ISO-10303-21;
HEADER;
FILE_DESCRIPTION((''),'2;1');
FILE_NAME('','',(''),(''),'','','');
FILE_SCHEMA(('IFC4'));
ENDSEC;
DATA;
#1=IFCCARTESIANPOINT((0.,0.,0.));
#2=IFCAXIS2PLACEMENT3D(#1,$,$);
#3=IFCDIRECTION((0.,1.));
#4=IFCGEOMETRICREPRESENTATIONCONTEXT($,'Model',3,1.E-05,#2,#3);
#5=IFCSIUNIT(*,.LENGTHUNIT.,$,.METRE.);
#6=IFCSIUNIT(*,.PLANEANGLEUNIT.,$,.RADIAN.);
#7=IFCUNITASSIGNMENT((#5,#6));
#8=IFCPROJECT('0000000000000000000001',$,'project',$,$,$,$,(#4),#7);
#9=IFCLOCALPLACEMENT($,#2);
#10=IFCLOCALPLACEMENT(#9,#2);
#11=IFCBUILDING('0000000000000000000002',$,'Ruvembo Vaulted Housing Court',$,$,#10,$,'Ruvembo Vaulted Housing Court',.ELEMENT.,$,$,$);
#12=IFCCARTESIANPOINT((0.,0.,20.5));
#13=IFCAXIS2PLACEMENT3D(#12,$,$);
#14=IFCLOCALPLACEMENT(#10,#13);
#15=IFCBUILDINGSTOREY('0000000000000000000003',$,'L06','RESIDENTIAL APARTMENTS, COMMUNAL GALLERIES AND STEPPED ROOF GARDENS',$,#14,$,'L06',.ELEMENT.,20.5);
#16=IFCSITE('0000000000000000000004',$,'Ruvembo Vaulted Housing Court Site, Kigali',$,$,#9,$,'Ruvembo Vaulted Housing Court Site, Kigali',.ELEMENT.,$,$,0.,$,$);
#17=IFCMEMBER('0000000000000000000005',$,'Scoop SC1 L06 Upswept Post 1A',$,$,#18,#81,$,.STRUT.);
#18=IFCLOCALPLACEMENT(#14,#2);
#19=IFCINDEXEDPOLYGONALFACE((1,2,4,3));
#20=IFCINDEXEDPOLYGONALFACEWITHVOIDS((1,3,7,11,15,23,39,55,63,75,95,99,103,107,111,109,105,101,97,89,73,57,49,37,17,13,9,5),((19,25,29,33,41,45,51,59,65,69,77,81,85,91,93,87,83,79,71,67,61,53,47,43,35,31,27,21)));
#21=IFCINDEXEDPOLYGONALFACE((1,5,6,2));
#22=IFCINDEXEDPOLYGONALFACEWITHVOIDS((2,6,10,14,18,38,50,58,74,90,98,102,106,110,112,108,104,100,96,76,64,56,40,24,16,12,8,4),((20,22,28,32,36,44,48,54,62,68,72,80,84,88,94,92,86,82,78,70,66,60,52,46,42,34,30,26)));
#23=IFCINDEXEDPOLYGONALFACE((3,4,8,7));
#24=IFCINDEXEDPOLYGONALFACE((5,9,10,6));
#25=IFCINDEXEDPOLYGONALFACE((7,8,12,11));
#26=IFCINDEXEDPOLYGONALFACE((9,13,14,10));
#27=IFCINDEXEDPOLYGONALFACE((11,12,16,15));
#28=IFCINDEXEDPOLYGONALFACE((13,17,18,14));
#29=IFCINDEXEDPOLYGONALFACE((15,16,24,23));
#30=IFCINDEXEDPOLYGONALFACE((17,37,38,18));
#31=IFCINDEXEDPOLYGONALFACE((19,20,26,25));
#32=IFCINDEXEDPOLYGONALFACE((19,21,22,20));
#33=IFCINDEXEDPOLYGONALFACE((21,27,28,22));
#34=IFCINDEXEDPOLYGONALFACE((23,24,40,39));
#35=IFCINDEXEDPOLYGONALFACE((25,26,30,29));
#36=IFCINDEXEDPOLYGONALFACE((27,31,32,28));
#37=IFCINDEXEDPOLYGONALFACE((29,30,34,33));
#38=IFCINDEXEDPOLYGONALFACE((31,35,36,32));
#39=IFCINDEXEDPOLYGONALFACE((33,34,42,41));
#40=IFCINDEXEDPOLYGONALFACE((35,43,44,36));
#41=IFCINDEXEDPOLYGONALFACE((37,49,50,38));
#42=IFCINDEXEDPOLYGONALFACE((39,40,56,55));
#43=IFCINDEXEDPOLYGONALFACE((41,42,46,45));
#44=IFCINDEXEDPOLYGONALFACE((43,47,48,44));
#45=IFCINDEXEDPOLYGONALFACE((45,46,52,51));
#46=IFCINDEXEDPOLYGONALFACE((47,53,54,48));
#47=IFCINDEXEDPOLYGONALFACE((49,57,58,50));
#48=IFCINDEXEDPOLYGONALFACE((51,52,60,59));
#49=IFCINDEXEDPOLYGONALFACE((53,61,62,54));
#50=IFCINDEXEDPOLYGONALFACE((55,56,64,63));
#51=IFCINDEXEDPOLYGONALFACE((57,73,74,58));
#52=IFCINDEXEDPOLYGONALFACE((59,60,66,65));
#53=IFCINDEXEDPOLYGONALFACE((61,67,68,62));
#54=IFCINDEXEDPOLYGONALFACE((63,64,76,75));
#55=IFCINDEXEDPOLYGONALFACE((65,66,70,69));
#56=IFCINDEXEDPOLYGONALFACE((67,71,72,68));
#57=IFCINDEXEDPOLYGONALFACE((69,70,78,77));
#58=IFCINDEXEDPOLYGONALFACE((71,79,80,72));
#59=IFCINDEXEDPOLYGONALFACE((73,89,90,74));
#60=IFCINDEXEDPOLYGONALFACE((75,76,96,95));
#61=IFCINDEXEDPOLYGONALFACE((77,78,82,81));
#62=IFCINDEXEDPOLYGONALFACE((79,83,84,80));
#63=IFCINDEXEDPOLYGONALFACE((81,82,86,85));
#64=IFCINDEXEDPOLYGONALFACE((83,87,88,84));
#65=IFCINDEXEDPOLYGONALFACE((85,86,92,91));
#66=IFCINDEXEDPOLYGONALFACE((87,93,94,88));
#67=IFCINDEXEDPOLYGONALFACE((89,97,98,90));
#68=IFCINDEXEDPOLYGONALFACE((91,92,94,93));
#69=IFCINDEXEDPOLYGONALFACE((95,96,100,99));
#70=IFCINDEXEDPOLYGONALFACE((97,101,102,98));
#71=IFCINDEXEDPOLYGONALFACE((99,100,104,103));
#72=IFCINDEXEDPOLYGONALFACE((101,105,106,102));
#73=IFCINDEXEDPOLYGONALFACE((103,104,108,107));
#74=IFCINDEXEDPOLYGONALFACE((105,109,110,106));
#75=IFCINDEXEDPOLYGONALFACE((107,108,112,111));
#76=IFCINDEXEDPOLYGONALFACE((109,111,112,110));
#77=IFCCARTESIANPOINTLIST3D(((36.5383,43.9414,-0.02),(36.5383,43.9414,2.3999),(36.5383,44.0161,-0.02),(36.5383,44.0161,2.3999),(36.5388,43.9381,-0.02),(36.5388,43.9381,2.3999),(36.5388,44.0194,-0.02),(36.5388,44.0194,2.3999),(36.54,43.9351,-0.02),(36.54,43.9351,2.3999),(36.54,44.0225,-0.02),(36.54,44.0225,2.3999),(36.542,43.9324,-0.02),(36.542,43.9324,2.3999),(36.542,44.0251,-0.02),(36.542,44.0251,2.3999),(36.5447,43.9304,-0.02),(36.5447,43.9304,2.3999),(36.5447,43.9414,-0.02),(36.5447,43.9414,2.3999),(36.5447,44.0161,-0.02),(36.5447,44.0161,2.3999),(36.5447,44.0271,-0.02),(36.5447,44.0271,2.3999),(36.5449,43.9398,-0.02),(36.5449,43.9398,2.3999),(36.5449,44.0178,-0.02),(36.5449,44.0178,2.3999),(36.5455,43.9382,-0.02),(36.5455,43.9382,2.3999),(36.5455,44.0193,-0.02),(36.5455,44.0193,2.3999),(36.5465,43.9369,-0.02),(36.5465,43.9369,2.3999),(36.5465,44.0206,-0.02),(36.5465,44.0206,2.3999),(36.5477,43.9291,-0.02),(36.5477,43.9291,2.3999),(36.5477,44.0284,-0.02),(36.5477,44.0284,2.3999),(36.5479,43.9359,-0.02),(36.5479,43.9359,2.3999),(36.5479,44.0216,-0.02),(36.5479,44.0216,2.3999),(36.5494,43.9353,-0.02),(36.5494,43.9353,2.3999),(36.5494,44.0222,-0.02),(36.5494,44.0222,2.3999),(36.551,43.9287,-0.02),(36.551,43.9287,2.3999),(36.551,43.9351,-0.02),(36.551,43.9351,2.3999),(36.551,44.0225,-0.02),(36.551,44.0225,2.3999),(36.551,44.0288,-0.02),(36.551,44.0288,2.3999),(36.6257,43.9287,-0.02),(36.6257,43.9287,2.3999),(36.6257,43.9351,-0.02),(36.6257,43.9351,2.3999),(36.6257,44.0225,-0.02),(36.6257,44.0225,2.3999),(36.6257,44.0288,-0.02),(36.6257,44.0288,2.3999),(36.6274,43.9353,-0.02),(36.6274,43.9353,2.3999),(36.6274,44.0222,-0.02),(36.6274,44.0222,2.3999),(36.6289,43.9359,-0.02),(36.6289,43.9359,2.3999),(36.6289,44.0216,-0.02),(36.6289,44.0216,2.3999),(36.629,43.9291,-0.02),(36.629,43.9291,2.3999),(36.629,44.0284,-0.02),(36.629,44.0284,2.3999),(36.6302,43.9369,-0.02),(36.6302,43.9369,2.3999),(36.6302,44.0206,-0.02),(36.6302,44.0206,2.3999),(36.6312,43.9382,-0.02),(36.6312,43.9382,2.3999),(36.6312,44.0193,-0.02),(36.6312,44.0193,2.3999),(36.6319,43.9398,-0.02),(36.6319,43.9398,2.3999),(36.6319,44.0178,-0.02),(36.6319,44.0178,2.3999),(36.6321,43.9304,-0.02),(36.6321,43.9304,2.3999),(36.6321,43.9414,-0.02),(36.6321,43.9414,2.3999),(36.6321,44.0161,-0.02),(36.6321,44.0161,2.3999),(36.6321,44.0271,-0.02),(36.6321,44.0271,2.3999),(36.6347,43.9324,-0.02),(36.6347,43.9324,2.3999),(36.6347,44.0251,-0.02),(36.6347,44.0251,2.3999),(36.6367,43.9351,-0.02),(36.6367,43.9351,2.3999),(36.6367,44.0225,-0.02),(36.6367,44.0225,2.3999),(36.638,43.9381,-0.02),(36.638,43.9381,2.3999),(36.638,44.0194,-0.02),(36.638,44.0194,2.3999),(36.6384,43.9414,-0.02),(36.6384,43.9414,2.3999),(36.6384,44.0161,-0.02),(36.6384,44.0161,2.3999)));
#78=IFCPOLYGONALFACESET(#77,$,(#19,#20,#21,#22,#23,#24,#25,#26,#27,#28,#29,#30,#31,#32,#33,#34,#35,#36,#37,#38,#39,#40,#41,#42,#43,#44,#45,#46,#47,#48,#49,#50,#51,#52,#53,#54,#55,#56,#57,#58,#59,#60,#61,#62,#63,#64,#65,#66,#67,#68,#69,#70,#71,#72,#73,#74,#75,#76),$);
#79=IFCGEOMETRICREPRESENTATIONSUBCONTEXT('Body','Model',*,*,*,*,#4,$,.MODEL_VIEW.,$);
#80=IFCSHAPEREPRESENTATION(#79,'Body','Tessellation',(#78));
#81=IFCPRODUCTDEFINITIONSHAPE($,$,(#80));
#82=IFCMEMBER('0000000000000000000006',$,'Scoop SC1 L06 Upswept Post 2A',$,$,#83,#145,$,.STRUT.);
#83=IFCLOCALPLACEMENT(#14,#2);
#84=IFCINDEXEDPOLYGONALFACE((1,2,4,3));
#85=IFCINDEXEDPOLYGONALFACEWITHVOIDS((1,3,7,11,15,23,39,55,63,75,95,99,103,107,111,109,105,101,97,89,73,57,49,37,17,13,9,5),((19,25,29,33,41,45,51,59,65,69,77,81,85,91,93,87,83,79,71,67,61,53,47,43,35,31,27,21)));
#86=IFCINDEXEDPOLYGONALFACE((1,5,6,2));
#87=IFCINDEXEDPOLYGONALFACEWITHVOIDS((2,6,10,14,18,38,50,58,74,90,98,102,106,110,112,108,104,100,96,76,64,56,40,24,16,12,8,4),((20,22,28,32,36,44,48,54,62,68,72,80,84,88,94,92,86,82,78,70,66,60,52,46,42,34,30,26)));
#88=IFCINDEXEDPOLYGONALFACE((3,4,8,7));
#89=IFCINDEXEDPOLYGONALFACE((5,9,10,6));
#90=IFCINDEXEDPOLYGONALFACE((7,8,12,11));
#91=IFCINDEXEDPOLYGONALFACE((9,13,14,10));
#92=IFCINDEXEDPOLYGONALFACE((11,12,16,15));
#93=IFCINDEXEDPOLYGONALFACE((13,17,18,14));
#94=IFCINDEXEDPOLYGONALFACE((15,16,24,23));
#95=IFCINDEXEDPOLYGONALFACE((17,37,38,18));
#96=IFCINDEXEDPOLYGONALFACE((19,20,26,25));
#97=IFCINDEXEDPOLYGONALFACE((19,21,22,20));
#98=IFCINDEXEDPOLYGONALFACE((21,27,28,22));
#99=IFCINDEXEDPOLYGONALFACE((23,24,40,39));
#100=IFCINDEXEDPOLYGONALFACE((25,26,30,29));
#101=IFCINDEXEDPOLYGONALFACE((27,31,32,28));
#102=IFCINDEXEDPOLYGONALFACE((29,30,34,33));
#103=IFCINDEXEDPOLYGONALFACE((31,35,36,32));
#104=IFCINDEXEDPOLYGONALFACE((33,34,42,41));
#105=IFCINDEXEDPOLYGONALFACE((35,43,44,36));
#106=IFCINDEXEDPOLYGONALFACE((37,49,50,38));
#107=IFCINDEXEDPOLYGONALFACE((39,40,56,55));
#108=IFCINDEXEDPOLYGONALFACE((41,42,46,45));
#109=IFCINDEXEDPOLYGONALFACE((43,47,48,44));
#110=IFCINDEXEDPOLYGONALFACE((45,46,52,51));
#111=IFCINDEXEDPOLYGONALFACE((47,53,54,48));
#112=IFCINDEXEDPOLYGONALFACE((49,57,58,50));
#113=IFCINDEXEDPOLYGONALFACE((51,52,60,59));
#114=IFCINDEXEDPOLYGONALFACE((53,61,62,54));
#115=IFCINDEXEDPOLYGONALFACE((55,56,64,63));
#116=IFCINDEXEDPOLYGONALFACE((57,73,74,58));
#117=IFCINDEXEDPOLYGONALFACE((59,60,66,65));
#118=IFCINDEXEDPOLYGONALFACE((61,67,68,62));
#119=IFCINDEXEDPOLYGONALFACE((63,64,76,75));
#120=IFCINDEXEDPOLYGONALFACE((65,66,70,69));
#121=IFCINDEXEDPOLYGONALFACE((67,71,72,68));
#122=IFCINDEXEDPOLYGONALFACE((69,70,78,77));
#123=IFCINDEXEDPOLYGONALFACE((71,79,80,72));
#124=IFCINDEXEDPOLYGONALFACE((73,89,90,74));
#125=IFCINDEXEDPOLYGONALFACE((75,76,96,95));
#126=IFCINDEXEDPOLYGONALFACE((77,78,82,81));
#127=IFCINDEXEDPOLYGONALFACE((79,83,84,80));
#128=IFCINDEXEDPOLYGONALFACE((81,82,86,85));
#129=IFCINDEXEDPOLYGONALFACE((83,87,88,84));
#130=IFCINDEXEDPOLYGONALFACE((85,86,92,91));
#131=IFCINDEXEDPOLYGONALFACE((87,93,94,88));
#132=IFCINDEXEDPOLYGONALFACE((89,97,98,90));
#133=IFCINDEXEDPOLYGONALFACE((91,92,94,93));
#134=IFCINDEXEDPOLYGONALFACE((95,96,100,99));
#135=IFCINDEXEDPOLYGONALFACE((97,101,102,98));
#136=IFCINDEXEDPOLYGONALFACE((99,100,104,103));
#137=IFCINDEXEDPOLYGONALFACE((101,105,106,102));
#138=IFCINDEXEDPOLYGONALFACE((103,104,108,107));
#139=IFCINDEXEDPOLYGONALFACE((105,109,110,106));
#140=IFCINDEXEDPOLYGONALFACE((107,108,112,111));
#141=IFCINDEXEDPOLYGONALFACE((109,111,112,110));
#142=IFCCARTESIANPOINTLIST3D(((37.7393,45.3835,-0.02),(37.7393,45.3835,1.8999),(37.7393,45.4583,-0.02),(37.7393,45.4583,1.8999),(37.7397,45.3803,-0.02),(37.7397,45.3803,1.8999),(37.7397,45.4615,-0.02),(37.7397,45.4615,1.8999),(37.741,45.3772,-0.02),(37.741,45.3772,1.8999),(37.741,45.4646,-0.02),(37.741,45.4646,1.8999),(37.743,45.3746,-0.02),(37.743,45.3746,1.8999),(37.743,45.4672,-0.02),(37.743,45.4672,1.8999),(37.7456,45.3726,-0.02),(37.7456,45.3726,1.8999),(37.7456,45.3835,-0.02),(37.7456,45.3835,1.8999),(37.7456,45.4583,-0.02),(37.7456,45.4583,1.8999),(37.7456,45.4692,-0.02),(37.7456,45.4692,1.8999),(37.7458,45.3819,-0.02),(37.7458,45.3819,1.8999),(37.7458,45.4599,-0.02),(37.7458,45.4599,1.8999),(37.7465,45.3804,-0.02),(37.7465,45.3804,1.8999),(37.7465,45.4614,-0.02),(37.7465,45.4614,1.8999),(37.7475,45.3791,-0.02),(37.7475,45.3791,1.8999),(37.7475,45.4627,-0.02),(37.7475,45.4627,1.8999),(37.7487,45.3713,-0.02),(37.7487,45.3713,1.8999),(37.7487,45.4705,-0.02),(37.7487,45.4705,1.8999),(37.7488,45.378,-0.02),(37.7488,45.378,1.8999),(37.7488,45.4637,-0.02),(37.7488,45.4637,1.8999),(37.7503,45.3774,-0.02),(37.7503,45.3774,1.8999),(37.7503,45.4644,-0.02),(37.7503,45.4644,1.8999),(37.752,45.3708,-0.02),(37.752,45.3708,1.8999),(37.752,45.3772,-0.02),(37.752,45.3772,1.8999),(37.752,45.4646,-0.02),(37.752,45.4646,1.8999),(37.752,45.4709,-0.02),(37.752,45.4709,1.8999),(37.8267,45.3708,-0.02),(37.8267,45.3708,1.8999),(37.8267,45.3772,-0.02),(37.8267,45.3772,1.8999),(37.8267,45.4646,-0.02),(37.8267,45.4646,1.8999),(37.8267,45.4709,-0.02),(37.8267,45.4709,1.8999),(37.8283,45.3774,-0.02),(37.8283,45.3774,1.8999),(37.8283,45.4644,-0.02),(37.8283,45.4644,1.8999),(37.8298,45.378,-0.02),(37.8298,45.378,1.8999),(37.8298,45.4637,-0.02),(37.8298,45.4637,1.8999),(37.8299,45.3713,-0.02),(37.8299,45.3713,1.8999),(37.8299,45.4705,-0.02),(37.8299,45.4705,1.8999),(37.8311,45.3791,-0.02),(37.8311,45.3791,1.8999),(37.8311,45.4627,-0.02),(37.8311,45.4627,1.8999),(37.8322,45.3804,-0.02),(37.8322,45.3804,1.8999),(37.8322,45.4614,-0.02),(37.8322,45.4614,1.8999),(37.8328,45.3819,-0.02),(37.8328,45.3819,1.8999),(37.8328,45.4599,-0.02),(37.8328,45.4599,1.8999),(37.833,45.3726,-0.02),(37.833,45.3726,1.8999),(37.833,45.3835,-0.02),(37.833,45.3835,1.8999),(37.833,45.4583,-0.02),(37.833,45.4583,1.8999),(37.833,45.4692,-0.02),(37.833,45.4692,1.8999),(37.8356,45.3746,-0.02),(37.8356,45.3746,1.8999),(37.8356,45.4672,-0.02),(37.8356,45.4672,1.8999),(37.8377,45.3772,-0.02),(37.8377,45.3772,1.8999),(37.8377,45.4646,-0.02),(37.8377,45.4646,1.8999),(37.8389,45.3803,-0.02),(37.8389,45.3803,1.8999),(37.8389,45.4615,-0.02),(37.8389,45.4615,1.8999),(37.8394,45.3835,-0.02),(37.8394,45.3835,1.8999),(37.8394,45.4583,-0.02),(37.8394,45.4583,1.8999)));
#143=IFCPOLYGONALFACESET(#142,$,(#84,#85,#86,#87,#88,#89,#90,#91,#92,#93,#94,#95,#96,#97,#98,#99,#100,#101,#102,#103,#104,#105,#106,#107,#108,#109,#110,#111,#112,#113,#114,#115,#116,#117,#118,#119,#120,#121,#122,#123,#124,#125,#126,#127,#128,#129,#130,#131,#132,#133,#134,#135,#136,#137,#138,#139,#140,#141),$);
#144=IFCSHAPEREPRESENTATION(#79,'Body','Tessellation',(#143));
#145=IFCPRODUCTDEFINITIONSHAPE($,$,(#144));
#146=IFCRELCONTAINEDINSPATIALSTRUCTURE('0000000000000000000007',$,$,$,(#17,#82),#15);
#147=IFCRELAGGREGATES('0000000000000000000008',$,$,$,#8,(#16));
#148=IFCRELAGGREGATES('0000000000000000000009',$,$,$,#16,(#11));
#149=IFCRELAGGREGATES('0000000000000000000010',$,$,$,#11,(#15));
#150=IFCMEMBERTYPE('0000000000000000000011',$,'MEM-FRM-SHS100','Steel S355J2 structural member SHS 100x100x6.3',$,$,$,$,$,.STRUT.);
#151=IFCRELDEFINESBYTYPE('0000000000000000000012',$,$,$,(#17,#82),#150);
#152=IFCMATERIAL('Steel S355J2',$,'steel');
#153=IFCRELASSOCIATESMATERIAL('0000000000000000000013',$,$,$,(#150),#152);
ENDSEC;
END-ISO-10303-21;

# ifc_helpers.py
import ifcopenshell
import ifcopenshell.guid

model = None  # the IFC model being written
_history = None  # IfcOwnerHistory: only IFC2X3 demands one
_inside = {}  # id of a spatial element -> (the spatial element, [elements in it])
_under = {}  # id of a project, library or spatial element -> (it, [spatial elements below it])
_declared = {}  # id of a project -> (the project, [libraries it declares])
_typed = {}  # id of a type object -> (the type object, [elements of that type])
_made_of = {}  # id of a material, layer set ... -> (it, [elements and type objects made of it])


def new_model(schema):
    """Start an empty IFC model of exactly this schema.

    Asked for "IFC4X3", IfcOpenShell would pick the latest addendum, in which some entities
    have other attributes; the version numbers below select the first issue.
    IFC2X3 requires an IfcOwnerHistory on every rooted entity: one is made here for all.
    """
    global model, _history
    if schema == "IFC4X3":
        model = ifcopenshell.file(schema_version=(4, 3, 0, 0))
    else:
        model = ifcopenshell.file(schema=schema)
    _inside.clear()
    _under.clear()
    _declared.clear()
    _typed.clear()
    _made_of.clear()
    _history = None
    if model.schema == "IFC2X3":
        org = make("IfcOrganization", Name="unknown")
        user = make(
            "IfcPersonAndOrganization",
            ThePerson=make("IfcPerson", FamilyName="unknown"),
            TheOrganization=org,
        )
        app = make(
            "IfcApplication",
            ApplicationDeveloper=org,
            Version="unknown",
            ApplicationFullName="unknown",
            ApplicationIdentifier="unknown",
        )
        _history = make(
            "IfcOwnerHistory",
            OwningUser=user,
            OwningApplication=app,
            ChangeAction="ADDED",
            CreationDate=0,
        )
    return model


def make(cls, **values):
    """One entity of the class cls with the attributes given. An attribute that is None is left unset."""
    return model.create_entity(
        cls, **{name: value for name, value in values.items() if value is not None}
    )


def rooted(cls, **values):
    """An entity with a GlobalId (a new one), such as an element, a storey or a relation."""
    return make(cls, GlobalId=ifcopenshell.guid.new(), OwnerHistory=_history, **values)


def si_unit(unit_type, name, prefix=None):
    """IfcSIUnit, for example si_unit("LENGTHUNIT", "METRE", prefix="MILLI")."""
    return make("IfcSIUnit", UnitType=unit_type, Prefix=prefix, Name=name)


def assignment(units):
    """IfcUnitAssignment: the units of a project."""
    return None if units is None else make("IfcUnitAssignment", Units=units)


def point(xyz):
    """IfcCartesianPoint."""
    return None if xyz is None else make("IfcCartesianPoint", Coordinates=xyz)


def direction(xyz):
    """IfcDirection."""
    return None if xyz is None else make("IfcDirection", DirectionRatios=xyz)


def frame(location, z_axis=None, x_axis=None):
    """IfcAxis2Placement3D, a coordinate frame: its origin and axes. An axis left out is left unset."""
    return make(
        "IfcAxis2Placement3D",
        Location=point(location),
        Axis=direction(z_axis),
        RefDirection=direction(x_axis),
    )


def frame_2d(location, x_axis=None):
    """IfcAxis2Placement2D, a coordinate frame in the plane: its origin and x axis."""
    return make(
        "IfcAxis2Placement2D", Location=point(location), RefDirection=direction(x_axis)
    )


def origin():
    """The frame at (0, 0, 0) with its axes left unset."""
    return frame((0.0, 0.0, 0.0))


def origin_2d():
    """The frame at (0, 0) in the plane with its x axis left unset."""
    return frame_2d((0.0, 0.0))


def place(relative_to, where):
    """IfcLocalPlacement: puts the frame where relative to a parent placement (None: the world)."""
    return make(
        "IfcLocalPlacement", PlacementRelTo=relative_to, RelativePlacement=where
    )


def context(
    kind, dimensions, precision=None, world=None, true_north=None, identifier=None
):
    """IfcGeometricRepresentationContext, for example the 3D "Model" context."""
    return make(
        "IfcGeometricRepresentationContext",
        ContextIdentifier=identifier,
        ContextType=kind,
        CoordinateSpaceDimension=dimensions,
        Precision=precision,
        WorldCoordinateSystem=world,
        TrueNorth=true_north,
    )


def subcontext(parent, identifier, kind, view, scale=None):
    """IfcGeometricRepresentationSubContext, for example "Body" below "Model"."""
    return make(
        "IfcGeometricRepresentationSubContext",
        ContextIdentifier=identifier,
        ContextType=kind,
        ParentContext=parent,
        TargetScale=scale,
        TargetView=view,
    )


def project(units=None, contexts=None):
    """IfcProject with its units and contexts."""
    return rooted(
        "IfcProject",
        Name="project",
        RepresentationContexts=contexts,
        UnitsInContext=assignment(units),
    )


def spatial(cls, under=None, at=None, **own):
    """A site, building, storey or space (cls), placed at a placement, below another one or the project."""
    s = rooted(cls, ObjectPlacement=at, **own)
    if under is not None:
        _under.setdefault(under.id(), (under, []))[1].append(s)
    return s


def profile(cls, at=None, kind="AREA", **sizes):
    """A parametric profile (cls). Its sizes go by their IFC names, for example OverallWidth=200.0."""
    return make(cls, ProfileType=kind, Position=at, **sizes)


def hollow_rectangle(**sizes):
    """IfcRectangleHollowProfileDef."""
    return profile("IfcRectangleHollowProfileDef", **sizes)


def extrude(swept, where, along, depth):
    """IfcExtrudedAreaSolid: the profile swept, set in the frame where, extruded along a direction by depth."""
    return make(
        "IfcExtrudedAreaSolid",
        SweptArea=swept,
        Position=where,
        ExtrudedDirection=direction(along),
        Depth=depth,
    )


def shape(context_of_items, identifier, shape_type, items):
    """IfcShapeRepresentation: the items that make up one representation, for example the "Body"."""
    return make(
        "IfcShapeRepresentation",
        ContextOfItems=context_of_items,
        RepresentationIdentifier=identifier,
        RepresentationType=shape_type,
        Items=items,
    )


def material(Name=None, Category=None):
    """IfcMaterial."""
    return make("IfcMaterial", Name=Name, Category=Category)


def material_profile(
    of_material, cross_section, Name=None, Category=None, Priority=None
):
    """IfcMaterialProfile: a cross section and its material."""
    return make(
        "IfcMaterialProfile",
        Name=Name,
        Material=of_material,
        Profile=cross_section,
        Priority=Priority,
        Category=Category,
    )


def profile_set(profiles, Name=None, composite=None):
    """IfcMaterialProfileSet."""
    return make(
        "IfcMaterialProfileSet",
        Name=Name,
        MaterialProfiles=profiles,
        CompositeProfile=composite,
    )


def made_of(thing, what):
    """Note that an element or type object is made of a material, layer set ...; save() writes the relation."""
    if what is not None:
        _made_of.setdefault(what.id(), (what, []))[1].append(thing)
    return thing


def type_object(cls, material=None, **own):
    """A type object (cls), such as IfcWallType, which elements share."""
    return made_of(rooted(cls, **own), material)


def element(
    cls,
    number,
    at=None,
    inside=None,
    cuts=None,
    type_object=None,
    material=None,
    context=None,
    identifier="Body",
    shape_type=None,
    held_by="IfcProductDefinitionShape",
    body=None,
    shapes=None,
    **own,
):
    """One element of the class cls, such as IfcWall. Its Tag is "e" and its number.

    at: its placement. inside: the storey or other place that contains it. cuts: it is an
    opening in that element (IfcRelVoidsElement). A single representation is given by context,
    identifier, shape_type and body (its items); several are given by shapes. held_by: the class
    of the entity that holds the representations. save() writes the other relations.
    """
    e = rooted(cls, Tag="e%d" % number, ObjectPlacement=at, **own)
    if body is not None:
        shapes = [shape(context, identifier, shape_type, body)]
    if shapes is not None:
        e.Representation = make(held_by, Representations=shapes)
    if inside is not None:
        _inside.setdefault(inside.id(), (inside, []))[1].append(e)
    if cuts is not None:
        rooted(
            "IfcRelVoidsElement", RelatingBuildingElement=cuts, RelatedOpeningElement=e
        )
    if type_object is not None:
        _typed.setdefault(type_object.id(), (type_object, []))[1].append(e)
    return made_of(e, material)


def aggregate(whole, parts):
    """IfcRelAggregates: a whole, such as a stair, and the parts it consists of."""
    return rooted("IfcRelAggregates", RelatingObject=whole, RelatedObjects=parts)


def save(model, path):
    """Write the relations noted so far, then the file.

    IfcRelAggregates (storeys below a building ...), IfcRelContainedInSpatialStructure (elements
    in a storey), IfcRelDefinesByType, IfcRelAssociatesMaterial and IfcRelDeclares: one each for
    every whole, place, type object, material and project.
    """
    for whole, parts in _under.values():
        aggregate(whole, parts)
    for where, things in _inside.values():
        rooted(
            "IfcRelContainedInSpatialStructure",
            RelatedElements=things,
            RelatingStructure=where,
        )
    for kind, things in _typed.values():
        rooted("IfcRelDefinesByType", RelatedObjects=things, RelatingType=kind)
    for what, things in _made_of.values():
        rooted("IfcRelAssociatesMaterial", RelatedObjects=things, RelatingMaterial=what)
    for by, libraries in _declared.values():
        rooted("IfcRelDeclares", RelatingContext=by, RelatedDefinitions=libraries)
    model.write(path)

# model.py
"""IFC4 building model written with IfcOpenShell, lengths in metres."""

from ifc_helpers import new_model, si_unit, direction, frame, origin, origin_2d, place, context, subcontext, project, spatial, hollow_rectangle, extrude, material, material_profile, profile_set, type_object, element, save


model = new_model("IFC4")

# Units and contexts
model_context = context("Model", 3, precision=1e-05, world=origin(), true_north=direction((0.0, 1.0)))
body_context = subcontext(model_context, "Body", "Model", "MODEL_VIEW")
ifc_project = project(units=[si_unit("LENGTHUNIT", "METRE"), si_unit("PLANEANGLEUNIT", "RADIAN")], contexts=[model_context])

# Site, building, storey
site_placement = place(None, origin())
site = spatial("IfcSite", under=ifc_project, at=site_placement, Name="Ruvembo Vaulted Housing Court Site, Kigali", LongName="Ruvembo Vaulted Housing Court Site, Kigali", CompositionType="ELEMENT", RefElevation=0.0)
building_placement = place(site_placement, origin())
building = spatial("IfcBuilding", under=site, at=building_placement, Name="Ruvembo Vaulted Housing Court", LongName="Ruvembo Vaulted Housing Court", CompositionType="ELEMENT")
storey_placement = place(building_placement, frame((0.0, 0.0, 20.5)))
storey = spatial("IfcBuildingStorey", under=building, at=storey_placement, Name="L06", Description="RESIDENTIAL APARTMENTS, COMMUNAL GALLERIES AND STEPPED ROOF GARDENS", LongName="L06", CompositionType="ELEMENT", Elevation=20.5)

# Members
ifc_material_1 = material(Name="Steel S355J2", Category="steel")
ifc_material_profile_1 = material_profile(ifc_material_1, hollow_rectangle(XDim=0.1001, YDim=0.1001, WallThickness=0.0063, InnerFilletRadius=0.0063, OuterFilletRadius=0.0127, at=origin_2d()), Name="SHS 100x100x6.3")
ifc_profile_set_1 = profile_set([ifc_material_profile_1], Name="Steel S355J2")
member_type_1 = type_object("IfcMemberType", Name="MEM-FRM-SHS100", Description="Steel S355J2 structural member SHS 100x100x6.3", PredefinedType="STRUT", material=ifc_profile_set_1)
member_1_placement = place(storey_placement, frame((36.5884, 43.9788, -0.02), z_axis=(0.0, 0.0, 1.0), x_axis=(1.0, 0.0, 0.0)))
element("IfcMember", 1, at=member_1_placement, inside=storey, type_object=member_type_1, Name="Scoop SC1 L06 Upswept Post 1A", PredefinedType="STRUT", context=body_context, shape_type="SweptSolid", body=[
    extrude(hollow_rectangle(XDim=0.1001, YDim=0.1001, WallThickness=0.0063, InnerFilletRadius=0.0063, OuterFilletRadius=0.0127, at=origin_2d()), origin(), (0.0, 0.0, 1.0), 2.4199),
])
member_2_placement = place(storey_placement, frame((37.7893, 45.4209, -0.02), z_axis=(0.0, 0.0, 1.0), x_axis=(1.0, 0.0, 0.0)))
element("IfcMember", 2, at=member_2_placement, inside=storey, type_object=member_type_1, Name="Scoop SC1 L06 Upswept Post 2A", PredefinedType="STRUT", context=body_context, shape_type="SweptSolid", body=[
    extrude(hollow_rectangle(XDim=0.1001, YDim=0.1001, WallThickness=0.0063, InnerFilletRadius=0.0063, OuterFilletRadius=0.0127, at=origin_2d()), origin(), (0.0, 0.0, 1.0), 1.9199),
])

save(model, "model.ifc")
